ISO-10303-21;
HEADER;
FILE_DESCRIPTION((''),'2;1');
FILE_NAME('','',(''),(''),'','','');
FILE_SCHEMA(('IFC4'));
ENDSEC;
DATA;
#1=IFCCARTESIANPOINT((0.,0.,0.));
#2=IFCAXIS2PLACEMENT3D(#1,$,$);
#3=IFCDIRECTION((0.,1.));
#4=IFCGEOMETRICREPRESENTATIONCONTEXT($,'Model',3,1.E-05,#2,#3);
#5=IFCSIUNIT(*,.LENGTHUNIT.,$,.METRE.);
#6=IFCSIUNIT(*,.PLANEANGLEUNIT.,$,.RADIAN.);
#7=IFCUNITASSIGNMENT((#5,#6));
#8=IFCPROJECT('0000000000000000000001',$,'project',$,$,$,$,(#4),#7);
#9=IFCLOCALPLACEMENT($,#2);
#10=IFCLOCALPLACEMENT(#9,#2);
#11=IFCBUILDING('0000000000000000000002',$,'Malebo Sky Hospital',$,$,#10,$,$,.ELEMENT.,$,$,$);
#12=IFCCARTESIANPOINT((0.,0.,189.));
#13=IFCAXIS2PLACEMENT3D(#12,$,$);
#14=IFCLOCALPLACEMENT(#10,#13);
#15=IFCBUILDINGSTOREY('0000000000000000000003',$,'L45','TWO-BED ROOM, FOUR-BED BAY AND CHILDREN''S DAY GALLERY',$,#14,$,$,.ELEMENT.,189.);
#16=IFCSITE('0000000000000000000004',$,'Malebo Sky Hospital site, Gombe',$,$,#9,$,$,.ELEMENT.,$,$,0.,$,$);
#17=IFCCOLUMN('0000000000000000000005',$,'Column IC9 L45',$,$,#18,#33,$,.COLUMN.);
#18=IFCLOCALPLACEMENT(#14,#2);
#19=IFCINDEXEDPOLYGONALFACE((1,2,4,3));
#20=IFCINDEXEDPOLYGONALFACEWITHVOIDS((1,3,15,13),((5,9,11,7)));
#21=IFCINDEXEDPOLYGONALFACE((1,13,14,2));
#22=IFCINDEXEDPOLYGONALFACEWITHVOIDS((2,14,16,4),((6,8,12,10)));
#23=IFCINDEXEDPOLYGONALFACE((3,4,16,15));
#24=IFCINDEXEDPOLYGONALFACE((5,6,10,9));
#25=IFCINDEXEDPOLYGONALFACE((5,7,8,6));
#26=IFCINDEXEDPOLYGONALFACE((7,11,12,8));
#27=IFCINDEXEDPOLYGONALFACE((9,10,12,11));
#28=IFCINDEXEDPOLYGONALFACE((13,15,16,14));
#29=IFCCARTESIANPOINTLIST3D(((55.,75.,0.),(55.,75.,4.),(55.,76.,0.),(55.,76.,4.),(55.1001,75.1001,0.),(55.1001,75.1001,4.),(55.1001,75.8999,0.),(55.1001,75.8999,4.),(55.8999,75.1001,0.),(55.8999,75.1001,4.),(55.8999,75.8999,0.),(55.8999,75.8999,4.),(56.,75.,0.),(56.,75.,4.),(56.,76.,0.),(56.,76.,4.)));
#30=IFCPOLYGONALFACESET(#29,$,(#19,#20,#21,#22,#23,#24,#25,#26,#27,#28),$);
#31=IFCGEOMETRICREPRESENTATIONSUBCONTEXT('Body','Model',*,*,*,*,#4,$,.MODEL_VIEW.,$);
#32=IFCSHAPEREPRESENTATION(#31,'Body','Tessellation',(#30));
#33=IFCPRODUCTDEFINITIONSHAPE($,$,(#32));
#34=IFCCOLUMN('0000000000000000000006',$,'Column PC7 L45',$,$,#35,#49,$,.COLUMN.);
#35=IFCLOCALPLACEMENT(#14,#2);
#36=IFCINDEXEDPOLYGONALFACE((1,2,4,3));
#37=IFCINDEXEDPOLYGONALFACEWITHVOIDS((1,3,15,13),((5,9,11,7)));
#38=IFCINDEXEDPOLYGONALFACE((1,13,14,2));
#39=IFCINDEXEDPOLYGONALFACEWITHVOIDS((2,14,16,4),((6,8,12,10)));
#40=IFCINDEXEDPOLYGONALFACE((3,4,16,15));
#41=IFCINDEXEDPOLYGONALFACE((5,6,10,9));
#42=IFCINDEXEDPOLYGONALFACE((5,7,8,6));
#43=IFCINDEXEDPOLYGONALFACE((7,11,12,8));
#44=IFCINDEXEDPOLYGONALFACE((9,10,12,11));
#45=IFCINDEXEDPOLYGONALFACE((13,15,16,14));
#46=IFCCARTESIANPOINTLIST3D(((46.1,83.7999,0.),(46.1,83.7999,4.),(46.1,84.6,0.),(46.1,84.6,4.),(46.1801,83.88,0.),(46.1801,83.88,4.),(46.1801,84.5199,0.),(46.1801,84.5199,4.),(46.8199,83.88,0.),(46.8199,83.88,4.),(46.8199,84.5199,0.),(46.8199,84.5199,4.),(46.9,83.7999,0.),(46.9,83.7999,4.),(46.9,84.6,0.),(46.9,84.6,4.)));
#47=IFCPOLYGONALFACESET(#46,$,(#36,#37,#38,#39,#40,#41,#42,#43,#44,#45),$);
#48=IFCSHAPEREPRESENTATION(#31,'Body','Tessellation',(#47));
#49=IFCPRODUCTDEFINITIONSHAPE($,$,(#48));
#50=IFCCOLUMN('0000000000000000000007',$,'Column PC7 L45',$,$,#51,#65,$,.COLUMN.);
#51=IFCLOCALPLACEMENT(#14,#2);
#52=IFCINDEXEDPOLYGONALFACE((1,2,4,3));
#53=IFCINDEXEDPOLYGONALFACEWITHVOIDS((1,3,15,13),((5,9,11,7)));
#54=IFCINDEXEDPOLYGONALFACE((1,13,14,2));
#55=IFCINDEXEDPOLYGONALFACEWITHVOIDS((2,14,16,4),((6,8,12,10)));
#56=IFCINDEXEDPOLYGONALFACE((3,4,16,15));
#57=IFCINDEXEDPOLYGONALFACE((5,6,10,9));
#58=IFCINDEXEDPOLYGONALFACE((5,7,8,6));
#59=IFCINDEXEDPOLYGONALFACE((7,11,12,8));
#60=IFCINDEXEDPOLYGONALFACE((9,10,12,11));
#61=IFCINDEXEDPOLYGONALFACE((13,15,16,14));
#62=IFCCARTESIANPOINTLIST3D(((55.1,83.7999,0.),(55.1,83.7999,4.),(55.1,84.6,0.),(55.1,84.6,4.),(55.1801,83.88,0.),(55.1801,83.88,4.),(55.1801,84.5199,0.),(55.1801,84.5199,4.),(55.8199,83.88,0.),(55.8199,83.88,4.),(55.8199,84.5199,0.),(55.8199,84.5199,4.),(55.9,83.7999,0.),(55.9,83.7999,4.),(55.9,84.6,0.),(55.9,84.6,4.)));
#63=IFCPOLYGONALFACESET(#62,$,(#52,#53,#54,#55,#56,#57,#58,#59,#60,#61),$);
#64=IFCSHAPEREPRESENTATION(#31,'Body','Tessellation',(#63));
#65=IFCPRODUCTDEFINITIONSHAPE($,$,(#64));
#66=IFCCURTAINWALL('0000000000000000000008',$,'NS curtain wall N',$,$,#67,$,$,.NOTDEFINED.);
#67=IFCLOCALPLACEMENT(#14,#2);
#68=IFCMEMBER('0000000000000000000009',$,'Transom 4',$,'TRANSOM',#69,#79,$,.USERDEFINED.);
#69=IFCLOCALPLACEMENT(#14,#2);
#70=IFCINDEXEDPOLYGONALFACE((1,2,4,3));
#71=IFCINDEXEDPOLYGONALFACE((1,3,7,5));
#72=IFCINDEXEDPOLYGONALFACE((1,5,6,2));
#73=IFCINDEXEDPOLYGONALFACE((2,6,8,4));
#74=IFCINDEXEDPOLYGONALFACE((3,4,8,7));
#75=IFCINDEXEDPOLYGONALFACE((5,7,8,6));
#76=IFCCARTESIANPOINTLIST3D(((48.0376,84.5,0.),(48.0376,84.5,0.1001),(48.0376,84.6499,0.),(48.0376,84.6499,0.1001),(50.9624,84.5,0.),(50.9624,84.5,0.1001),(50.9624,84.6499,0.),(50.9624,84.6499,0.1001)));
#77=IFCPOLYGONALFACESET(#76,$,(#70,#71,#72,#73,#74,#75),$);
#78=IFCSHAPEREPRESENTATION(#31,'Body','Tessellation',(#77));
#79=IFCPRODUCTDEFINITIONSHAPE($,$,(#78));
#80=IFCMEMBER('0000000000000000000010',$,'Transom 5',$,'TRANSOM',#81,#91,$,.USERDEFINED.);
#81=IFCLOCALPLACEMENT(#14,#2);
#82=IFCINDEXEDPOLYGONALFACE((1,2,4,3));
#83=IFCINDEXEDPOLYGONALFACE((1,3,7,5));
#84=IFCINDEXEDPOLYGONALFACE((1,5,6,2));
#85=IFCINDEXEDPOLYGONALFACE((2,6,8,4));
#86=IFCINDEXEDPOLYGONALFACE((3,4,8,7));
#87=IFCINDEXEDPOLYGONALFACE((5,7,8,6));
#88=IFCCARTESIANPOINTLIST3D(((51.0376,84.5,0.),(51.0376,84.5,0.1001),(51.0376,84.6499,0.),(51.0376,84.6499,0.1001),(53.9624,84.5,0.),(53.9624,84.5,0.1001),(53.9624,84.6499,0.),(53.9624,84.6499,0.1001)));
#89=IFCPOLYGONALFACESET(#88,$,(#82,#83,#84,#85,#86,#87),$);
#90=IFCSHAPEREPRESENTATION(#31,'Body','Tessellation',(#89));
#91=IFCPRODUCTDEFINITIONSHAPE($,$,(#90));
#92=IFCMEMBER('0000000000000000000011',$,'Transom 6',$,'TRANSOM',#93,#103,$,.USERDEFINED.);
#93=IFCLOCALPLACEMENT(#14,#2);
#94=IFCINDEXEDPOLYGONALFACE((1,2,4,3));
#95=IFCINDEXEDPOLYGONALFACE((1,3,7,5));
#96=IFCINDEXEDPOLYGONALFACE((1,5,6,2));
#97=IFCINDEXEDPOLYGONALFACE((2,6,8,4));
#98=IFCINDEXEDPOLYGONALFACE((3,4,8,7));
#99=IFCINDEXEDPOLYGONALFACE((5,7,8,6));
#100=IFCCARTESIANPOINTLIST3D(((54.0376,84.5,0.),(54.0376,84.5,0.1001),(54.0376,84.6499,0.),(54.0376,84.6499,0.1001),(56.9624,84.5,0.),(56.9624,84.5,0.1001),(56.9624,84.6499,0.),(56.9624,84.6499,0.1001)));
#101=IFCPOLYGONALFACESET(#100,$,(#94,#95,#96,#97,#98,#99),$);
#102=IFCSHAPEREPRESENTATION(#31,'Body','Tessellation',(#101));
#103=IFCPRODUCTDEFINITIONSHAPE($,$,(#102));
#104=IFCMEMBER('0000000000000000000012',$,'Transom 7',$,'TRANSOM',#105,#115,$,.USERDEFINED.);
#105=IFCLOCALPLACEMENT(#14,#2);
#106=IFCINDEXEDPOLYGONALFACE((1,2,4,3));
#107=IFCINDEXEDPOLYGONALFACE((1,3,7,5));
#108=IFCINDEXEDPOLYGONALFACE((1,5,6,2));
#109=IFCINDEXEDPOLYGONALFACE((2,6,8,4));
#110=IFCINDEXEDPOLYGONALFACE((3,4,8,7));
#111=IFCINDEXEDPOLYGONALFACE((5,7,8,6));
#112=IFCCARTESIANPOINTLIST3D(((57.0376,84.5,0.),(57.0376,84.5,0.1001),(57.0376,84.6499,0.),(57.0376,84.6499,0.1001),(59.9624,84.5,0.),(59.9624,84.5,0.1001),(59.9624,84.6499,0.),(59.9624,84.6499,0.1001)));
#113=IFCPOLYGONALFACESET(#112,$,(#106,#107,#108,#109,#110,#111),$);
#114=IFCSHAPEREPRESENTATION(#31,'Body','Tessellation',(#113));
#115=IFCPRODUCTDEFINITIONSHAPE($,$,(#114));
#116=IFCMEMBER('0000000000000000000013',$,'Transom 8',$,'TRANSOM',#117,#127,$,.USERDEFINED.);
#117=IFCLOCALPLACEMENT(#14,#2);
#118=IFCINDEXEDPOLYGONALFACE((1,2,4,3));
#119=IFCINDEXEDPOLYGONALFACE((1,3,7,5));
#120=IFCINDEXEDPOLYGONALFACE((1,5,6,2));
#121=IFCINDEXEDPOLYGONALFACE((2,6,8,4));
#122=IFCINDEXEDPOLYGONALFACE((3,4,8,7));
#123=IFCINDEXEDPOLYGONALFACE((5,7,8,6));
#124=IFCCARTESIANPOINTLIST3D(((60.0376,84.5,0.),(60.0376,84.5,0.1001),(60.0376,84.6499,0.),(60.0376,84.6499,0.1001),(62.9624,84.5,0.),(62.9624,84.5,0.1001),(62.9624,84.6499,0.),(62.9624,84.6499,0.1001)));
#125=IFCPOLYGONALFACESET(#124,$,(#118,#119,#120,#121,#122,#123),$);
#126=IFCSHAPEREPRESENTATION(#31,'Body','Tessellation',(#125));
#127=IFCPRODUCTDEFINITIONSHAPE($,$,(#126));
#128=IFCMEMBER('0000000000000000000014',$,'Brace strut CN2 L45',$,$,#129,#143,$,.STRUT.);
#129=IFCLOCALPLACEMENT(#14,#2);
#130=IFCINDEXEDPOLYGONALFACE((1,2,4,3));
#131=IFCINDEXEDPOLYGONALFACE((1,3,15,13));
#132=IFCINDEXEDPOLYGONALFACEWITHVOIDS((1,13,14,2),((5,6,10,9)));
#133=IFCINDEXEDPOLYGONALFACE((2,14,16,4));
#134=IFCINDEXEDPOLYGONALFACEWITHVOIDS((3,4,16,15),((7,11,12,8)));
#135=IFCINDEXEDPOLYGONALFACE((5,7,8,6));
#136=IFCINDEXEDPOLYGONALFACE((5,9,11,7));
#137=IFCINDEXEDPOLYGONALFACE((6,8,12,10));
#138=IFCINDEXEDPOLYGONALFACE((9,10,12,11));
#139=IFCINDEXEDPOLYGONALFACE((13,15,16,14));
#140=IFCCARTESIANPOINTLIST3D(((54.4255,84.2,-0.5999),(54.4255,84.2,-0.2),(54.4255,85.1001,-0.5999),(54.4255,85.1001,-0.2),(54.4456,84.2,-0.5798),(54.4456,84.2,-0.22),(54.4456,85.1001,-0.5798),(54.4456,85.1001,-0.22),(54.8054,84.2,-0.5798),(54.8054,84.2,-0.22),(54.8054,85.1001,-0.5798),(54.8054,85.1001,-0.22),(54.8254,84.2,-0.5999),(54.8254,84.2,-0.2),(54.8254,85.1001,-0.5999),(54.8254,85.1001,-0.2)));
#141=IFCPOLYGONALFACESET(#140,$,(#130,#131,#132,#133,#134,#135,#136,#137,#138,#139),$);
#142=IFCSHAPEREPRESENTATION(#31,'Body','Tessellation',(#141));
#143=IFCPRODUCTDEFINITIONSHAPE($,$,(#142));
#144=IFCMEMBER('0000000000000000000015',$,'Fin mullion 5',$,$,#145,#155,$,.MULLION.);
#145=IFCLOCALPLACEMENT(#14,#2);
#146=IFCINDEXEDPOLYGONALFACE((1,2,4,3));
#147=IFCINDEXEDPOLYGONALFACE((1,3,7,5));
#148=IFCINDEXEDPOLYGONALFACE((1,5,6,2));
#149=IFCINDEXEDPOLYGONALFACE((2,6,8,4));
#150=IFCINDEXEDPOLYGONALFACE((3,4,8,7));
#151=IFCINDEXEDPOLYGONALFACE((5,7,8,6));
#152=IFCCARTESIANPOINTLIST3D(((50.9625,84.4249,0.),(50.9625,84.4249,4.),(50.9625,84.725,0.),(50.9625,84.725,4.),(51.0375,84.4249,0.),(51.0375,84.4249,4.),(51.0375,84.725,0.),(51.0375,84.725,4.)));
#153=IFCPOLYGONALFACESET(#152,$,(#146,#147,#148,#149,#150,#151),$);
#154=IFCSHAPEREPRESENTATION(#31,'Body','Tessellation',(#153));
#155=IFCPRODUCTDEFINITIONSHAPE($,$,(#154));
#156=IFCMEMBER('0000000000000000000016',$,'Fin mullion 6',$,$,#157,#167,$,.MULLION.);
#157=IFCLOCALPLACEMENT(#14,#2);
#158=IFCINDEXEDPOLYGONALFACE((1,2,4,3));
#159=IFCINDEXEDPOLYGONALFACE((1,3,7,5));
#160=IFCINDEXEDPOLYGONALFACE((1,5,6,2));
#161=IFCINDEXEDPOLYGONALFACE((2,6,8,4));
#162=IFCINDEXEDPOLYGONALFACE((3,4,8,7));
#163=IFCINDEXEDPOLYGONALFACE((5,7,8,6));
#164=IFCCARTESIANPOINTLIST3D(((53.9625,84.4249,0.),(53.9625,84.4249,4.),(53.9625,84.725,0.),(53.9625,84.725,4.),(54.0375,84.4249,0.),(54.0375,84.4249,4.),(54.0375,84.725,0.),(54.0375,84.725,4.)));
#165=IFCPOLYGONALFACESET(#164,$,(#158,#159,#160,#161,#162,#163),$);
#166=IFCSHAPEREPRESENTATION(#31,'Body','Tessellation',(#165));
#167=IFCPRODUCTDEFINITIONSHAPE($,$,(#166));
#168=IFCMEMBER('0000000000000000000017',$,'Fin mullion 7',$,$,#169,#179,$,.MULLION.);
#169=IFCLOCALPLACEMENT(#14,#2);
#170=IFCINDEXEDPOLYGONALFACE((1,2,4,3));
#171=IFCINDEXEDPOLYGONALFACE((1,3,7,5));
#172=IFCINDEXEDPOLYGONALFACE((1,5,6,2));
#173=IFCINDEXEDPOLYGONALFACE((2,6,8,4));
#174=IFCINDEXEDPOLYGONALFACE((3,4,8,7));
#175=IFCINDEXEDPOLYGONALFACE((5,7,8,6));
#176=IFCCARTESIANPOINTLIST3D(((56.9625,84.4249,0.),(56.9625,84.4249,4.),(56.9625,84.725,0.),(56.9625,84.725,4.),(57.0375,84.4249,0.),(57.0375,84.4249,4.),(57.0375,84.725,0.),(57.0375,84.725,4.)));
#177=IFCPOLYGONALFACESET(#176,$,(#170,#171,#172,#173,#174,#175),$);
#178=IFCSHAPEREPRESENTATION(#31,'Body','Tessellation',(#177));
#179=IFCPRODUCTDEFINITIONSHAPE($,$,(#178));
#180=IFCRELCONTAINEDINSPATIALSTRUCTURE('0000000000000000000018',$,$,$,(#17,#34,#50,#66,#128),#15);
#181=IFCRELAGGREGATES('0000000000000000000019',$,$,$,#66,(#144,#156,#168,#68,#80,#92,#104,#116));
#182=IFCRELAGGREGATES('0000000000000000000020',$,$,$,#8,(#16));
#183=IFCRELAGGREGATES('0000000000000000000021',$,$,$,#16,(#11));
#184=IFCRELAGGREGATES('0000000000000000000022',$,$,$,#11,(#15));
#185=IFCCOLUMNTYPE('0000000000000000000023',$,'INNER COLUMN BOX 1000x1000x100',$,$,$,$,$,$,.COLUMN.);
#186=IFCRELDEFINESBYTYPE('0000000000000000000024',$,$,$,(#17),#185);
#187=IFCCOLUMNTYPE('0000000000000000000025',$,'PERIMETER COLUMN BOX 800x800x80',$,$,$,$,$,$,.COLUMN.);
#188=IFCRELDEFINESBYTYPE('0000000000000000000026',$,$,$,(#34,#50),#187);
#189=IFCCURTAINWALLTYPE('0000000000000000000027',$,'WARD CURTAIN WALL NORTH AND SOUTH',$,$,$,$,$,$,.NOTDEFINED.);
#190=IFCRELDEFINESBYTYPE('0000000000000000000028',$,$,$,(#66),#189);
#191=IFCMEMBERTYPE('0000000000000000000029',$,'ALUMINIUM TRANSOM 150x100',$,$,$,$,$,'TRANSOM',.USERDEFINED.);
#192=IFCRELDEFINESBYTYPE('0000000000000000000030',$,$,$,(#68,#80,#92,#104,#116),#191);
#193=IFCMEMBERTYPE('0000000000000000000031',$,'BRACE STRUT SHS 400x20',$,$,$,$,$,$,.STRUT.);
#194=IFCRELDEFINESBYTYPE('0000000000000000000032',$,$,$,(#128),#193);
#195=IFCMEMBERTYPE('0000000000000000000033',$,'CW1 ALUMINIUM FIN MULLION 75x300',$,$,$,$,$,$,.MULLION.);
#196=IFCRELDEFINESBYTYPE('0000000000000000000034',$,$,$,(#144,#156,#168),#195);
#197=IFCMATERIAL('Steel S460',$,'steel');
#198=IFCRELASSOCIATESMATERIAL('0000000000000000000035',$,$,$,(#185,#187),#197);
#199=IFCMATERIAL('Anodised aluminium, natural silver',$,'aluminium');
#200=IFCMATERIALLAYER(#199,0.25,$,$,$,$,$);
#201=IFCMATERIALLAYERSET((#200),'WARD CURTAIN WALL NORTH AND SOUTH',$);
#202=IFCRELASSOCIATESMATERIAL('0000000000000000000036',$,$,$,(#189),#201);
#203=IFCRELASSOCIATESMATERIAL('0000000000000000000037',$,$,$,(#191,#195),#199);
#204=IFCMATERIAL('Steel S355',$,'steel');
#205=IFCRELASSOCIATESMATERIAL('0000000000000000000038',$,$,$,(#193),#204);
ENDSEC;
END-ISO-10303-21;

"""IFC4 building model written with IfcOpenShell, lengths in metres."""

from ifc_helpers import new_model, si_unit, direction, frame, origin, origin_2d, place, context, subcontext, project, spatial, rectangle, hollow_rectangle, extrude, material, layer, layer_set, material_profile, profile_set, type_object, element, aggregate, save


model = new_model("IFC4")

# Units and contexts
model_context = context("Model", 3, precision=1e-05, world=origin(), true_north=direction((0.0, 1.0)))
body_context = subcontext(model_context, "Body", "Model", "MODEL_VIEW")
ifc_project = project(units=[si_unit("LENGTHUNIT", "METRE"), si_unit("PLANEANGLEUNIT", "RADIAN")], contexts=[model_context])

# Site, building, storey
site_placement = place(None, origin())
site = spatial("IfcSite", under=ifc_project, at=site_placement, Name="Malebo Sky Hospital site, Gombe", CompositionType="ELEMENT", RefElevation=0.0)
building_placement = place(site_placement, origin())
building = spatial("IfcBuilding", under=site, at=building_placement, Name="Malebo Sky Hospital", CompositionType="ELEMENT")
storey_placement = place(building_placement, frame((0.0, 0.0, 189.0)))
storey = spatial("IfcBuildingStorey", under=building, at=storey_placement, Name="L45", Description="TWO-BED ROOM, FOUR-BED BAY AND CHILDREN'S DAY GALLERY", CompositionType="ELEMENT", Elevation=189.0)

# Columns
ifc_material_1 = material(Name="Steel S460", Category="steel")
ifc_material_profile_1 = material_profile(ifc_material_1, hollow_rectangle(XDim=1.0, YDim=1.0, WallThickness=0.1001, at=origin_2d()), Name="BOX 1000x1000x100")
ifc_profile_set_1 = profile_set([ifc_material_profile_1], Name="Steel S460")
column_type_1 = type_object("IfcColumnType", Name="INNER COLUMN BOX 1000x1000x100", PredefinedType="COLUMN", material=ifc_profile_set_1)
column_placement = place(storey_placement, frame((55.5, 75.5, 0.0), z_axis=(0.0, 0.0, 1.0), x_axis=(1.0, 0.0, 0.0)))
element("IfcColumn", 1, at=column_placement, inside=storey, type_object=column_type_1, Name="Column IC9 L45", PredefinedType="COLUMN", context=body_context, shape_type="SweptSolid", body=[
    extrude(hollow_rectangle(XDim=1.0, YDim=1.0, WallThickness=0.1001, at=origin_2d()), origin(), (0.0, 0.0, 1.0), 4.0),
])
ifc_material_profile_2 = material_profile(ifc_material_1, hollow_rectangle(XDim=0.8, YDim=0.8, WallThickness=0.0801, at=origin_2d()), Name="BOX 800x800x80")
ifc_profile_set_2 = profile_set([ifc_material_profile_2], Name="Steel S460")
column_type_2 = type_object("IfcColumnType", Name="PERIMETER COLUMN BOX 800x800x80", PredefinedType="COLUMN", material=ifc_profile_set_2)
for number, where, z_axis, x_axis, name in (
    (2, (46.5, 84.2, 0.0), (0.0, 0.0, 1.0), (1.0, 0.0, 0.0), "Column PC7 L45"),
    (3, (55.5, 84.2, 0.0), (0.0, 0.0, 1.0), (1.0, 0.0, 0.0), "Column PC7 L45"),
):
    element("IfcColumn", number, at=place(storey_placement, frame(where, z_axis=z_axis, x_axis=x_axis)), inside=storey, type_object=column_type_2, Name=name, PredefinedType="COLUMN", context=body_context, shape_type="SweptSolid", body=[
        extrude(hollow_rectangle(XDim=0.8, YDim=0.8, WallThickness=0.0801, at=origin_2d()), origin(), (0.0, 0.0, 1.0), 4.0),
    ])

# Curtain wall, members
ifc_material_2 = material(Name="Anodised aluminium, natural silver", Category="aluminium")
ifc_layer_1 = layer(ifc_material_2, 0.25)
ifc_layer_set_1 = layer_set([ifc_layer_1], Name="WARD CURTAIN WALL NORTH AND SOUTH")
curtain_wall_type = type_object("IfcCurtainWallType", Name="WARD CURTAIN WALL NORTH AND SOUTH", PredefinedType="NOTDEFINED", material=ifc_layer_set_1)
curtain_wall_placement = place(storey_placement, origin())
curtain_wall = element("IfcCurtainWall", 4, at=curtain_wall_placement, inside=storey, type_object=curtain_wall_type, Name="NS curtain wall N", PredefinedType="NOTDEFINED")
ifc_material_profile_3 = material_profile(ifc_material_2, rectangle(XDim=0.1499, YDim=0.1001, at=origin_2d()), Name="ALUMINIUM TRANSOM 150x100")
ifc_profile_set_3 = profile_set([ifc_material_profile_3], Name="Anodised aluminium, natural silver")
member_type_1 = type_object("IfcMemberType", Name="ALUMINIUM TRANSOM 150x100", ElementType="TRANSOM", PredefinedType="USERDEFINED", material=ifc_profile_set_3)
member_1_placement = place(storey_placement, frame((48.0376, 84.575, 0.05), z_axis=(1.0, 0.0, 0.0), x_axis=(0.0, 1.0, 0.0)))
member_1 = element("IfcMember", 5, at=member_1_placement, type_object=member_type_1, Name="Transom 4", ObjectType="TRANSOM", PredefinedType="USERDEFINED", context=body_context, shape_type="SweptSolid", body=[
    extrude(rectangle(XDim=0.1499, YDim=0.1001, at=origin_2d()), origin(), (0.0, 0.0, 1.0), 2.9248),
])
member_2_placement = place(storey_placement, frame((51.0376, 84.575, 0.05), z_axis=(1.0, 0.0, 0.0), x_axis=(0.0, 1.0, 0.0)))
member_2 = element("IfcMember", 6, at=member_2_placement, type_object=member_type_1, Name="Transom 5", ObjectType="TRANSOM", PredefinedType="USERDEFINED", context=body_context, shape_type="SweptSolid", body=[
    extrude(rectangle(XDim=0.1499, YDim=0.1001, at=origin_2d()), origin(), (0.0, 0.0, 1.0), 2.9248),
])
member_3_placement = place(storey_placement, frame((54.0376, 84.575, 0.05), z_axis=(1.0, 0.0, 0.0), x_axis=(0.0, 1.0, 0.0)))
member_3 = element("IfcMember", 7, at=member_3_placement, type_object=member_type_1, Name="Transom 6", ObjectType="TRANSOM", PredefinedType="USERDEFINED", context=body_context, shape_type="SweptSolid", body=[
    extrude(rectangle(XDim=0.1499, YDim=0.1001, at=origin_2d()), origin(), (0.0, 0.0, 1.0), 2.9248),
])
member_4_placement = place(storey_placement, frame((57.0376, 84.575, 0.05), z_axis=(1.0, 0.0, 0.0), x_axis=(0.0, 1.0, 0.0)))
member_4 = element("IfcMember", 8, at=member_4_placement, type_object=member_type_1, Name="Transom 7", ObjectType="TRANSOM", PredefinedType="USERDEFINED", context=body_context, shape_type="SweptSolid", body=[
    extrude(rectangle(XDim=0.1499, YDim=0.1001, at=origin_2d()), origin(), (0.0, 0.0, 1.0), 2.9248),
])
member_5_placement = place(storey_placement, frame((60.0376, 84.575, 0.05), z_axis=(1.0, 0.0, 0.0), x_axis=(0.0, 1.0, 0.0)))
member_5 = element("IfcMember", 9, at=member_5_placement, type_object=member_type_1, Name="Transom 8", ObjectType="TRANSOM", PredefinedType="USERDEFINED", context=body_context, shape_type="SweptSolid", body=[
    extrude(rectangle(XDim=0.1499, YDim=0.1001, at=origin_2d()), origin(), (0.0, 0.0, 1.0), 2.9248),
])

# Members
ifc_material_3 = material(Name="Steel S355", Category="steel")
ifc_material_profile_4 = material_profile(ifc_material_3, hollow_rectangle(XDim=0.3999, YDim=0.3999, WallThickness=0.02, at=origin_2d()), Name="SHS 400x20")
ifc_profile_set_4 = profile_set([ifc_material_profile_4], Name="Steel S355")
member_type_2 = type_object("IfcMemberType", Name="BRACE STRUT SHS 400x20", PredefinedType="STRUT", material=ifc_profile_set_4)
member_6_placement = place(storey_placement, frame((54.6255, 85.1001, -0.3999), z_axis=(0.0, -1.0, 0.0), x_axis=(1.0, 0.0, 0.0)))
element("IfcMember", 10, at=member_6_placement, inside=storey, type_object=member_type_2, Name="Brace strut CN2 L45", PredefinedType="STRUT", context=body_context, shape_type="SweptSolid", body=[
    extrude(hollow_rectangle(XDim=0.3999, YDim=0.3999, WallThickness=0.02, at=origin_2d()), origin(), (0.0, 0.0, 1.0), 0.9001),
])
ifc_material_profile_5 = material_profile(ifc_material_2, rectangle(XDim=0.075, YDim=0.3, at=origin_2d()), Name="CW1 ALUMINIUM FIN MULLION 75x300")
ifc_profile_set_5 = profile_set([ifc_material_profile_5], Name="Anodised aluminium, natural silver")
member_type_3 = type_object("IfcMemberType", Name="CW1 ALUMINIUM FIN MULLION 75x300", PredefinedType="MULLION", material=ifc_profile_set_5)
member_7_placement = place(storey_placement, frame((51.0, 84.575, 0.0), z_axis=(0.0, 0.0, 1.0), x_axis=(1.0, 0.0, 0.0)))
member_7 = element("IfcMember", 11, at=member_7_placement, type_object=member_type_3, Name="Fin mullion 5", PredefinedType="MULLION", context=body_context, shape_type="SweptSolid", body=[
    extrude(rectangle(XDim=0.075, YDim=0.3, at=origin_2d()), origin(), (0.0, 0.0, 1.0), 4.0),
])
member_8_placement = place(storey_placement, frame((54.0, 84.575, 0.0), z_axis=(0.0, 0.0, 1.0), x_axis=(1.0, 0.0, 0.0)))
member_8 = element("IfcMember", 12, at=member_8_placement, type_object=member_type_3, Name="Fin mullion 6", PredefinedType="MULLION", context=body_context, shape_type="SweptSolid", body=[
    extrude(rectangle(XDim=0.075, YDim=0.3, at=origin_2d()), origin(), (0.0, 0.0, 1.0), 4.0),
])
member_9_placement = place(storey_placement, frame((57.0, 84.575, 0.0), z_axis=(0.0, 0.0, 1.0), x_axis=(1.0, 0.0, 0.0)))
member_9 = element("IfcMember", 13, at=member_9_placement, type_object=member_type_3, Name="Fin mullion 7", PredefinedType="MULLION", context=body_context, shape_type="SweptSolid", body=[
    extrude(rectangle(XDim=0.075, YDim=0.3, at=origin_2d()), origin(), (0.0, 0.0, 1.0), 4.0),
])

aggregate(curtain_wall, [member_7, member_8, member_9, member_1, member_2, member_3, member_4, member_5])

save(model, "model.ifc")
